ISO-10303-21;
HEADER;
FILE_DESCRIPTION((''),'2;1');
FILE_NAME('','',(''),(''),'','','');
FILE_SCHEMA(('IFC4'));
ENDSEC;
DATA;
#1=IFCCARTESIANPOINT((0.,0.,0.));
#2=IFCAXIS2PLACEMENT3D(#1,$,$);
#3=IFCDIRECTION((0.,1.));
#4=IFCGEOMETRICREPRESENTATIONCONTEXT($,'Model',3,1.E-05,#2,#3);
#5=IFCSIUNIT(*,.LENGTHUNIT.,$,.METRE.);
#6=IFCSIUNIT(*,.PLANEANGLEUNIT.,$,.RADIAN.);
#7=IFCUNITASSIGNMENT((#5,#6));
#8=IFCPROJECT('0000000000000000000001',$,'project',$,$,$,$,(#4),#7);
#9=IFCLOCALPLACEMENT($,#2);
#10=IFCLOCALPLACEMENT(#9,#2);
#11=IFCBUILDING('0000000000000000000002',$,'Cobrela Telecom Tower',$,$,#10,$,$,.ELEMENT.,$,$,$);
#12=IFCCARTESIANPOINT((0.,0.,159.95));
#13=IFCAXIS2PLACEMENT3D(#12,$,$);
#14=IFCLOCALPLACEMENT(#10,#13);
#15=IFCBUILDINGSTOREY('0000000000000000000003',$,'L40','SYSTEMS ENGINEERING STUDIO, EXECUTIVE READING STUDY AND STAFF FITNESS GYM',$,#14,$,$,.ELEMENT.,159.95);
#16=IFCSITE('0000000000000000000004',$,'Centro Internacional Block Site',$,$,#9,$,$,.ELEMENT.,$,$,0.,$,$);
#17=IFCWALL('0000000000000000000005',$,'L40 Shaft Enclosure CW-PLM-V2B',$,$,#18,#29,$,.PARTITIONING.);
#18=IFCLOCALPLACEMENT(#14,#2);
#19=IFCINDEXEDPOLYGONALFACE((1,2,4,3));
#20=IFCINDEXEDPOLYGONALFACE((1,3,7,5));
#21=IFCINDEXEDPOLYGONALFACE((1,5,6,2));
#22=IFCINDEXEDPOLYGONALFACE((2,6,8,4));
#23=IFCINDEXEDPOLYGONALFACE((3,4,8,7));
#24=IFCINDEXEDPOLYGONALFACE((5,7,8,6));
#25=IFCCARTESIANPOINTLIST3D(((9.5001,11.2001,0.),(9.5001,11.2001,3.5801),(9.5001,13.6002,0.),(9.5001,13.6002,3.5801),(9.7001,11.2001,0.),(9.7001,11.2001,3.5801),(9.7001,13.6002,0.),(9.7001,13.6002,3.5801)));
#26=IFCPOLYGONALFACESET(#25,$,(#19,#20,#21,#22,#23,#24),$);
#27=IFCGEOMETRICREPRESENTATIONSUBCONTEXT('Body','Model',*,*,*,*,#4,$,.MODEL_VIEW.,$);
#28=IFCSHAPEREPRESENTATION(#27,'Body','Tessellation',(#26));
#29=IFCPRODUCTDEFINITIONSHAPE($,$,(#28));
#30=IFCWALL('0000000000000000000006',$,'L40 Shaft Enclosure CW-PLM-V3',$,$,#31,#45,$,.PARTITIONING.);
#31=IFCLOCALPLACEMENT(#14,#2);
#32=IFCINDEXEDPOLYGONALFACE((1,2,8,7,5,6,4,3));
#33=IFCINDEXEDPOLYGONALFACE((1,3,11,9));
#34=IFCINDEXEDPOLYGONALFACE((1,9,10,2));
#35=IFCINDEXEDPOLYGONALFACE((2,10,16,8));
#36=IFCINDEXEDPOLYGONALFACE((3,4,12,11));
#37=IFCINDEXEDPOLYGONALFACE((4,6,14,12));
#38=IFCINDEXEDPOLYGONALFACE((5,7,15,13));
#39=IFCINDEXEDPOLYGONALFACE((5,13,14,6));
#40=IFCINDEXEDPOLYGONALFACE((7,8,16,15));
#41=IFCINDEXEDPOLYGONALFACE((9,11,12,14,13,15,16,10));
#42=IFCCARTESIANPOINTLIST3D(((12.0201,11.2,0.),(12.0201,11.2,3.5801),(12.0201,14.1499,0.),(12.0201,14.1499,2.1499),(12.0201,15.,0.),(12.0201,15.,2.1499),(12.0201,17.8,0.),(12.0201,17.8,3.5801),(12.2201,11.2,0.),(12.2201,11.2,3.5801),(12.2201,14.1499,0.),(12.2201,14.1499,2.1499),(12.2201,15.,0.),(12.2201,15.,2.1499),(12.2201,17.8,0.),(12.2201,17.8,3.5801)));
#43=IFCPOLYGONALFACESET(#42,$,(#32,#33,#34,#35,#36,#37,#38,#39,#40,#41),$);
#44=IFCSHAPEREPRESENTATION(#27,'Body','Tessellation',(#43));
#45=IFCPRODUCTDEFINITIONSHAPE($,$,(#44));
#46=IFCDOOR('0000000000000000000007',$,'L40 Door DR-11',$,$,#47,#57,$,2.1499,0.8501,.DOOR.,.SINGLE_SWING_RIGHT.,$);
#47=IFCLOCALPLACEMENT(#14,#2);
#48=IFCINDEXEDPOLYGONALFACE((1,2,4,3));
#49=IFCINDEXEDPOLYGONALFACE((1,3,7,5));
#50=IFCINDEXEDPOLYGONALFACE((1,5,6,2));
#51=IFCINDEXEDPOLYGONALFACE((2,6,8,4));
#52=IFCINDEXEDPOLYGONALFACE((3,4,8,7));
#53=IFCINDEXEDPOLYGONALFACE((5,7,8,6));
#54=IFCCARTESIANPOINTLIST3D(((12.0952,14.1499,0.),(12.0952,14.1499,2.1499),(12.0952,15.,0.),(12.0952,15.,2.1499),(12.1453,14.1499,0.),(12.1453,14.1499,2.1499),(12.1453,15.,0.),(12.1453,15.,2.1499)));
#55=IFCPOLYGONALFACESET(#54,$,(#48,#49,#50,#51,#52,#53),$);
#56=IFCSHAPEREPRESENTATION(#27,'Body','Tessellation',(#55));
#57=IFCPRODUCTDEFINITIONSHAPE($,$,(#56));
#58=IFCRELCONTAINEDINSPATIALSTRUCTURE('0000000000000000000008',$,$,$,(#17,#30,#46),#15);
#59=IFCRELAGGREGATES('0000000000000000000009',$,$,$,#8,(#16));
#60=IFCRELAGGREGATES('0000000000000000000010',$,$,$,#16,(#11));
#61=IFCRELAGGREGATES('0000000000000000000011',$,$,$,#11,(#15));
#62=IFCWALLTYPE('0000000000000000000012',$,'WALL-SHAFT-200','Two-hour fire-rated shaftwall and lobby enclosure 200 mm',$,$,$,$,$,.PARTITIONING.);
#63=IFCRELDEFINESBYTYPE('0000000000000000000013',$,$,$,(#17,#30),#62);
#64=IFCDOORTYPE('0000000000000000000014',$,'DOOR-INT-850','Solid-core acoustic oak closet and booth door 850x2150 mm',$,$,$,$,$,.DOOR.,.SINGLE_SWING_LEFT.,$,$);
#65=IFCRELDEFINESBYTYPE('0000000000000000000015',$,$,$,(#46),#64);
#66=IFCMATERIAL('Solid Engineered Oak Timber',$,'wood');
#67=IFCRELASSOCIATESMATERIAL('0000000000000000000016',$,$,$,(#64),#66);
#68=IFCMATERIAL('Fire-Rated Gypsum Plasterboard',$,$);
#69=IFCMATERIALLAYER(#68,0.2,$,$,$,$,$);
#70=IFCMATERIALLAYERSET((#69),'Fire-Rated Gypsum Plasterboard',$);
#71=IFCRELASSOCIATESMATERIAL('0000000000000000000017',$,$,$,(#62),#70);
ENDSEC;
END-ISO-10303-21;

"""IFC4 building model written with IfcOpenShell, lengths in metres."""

from ifc_helpers import new_model, si_unit, direction, frame, frame_2d, origin, place, context, subcontext, project, spatial, rectangle, extrude, material, layer, layer_set, type_object, element, fill, save


model = new_model("IFC4")

# Units and contexts
model_context = context("Model", 3, precision=1e-05, world=origin(), true_north=direction((0.0, 1.0)))
body_context = subcontext(model_context, "Body", "Model", "MODEL_VIEW")
ifc_project = project(units=[si_unit("LENGTHUNIT", "METRE"), si_unit("PLANEANGLEUNIT", "RADIAN")], contexts=[model_context])

# Site, building, storey
site_placement = place(None, origin())
site = spatial("IfcSite", under=ifc_project, at=site_placement, Name="Centro Internacional Block Site", CompositionType="ELEMENT", RefElevation=0.0)
building_placement = place(site_placement, origin())
building = spatial("IfcBuilding", under=site, at=building_placement, Name="Cobrela Telecom Tower", CompositionType="ELEMENT")
storey_placement = place(building_placement, frame((0.0, 0.0, 159.95)))
storey = spatial("IfcBuildingStorey", under=building, at=storey_placement, Name="L40", Description="SYSTEMS ENGINEERING STUDIO, EXECUTIVE READING STUDY AND STAFF FITNESS GYM", CompositionType="ELEMENT", Elevation=159.95)

# Shared definitions
ifc_material_1 = material(Name="Fire-Rated Gypsum Plasterboard")
ifc_material_2 = material(Name="Solid Engineered Oak Timber", Category="wood")
door_type_1 = type_object("IfcDoorType", Name="DOOR-INT-850", Description="Solid-core acoustic oak closet and booth door 850x2150 mm", OperationType="SINGLE_SWING_LEFT", PredefinedType="DOOR", material=ifc_material_2)

# Wall
ifc_layer_1 = layer(ifc_material_1, 0.2)
ifc_layer_set_1 = layer_set([ifc_layer_1], Name="Fire-Rated Gypsum Plasterboard")
wall_type_1 = type_object("IfcWallType", Name="WALL-SHAFT-200", Description="Two-hour fire-rated shaftwall and lobby enclosure 200 mm", PredefinedType="PARTITIONING", material=ifc_layer_set_1)
wall_1_placement = place(storey_placement, frame((9.6001, 11.2, 0.0), z_axis=(0.0, 0.0, 1.0), x_axis=(0.0, 1.0, 0.0)))
element("IfcWall", 1, at=wall_1_placement, inside=storey, type_object=wall_type_1, Name="L40 Shaft Enclosure CW-PLM-V2B", PredefinedType="PARTITIONING", context=body_context, shape_type="SweptSolid", body=[
    extrude(rectangle(XDim=2.4001, YDim=0.2, at=frame_2d((1.2002, 0.0))), origin(), (0.0, 0.0, 1.0), 3.5801),
])

# Wall, opening, door
wall_2_placement = place(storey_placement, frame((12.1201, 11.2, 0.0), z_axis=(0.0, 0.0, 1.0), x_axis=(0.0, 1.0, 0.0)))
wall_2 = element("IfcWall", 2, at=wall_2_placement, inside=storey, type_object=wall_type_1, Name="L40 Shaft Enclosure CW-PLM-V3", PredefinedType="PARTITIONING", context=body_context, shape_type="SweptSolid", body=[
    extrude(rectangle(XDim=6.6001, YDim=0.2, at=frame_2d((3.3, 0.0))), origin(), (0.0, 0.0, 1.0), 3.5801),
])
opening_1_placement = place(wall_2_placement, frame((2.95, 0.0, 0.0)))
opening_1 = element("IfcOpeningElement", 3, at=opening_1_placement, cuts=wall_2, PredefinedType="OPENING", context=body_context, shape_type="SweptSolid", body=[
    extrude(rectangle(XDim=0.8501, YDim=2.1499, at=frame_2d((0.425, 1.075))), frame((0.0, 0.1118, 0.0), z_axis=(0.0, -1.0, 0.0), x_axis=(1.0, 0.0, 0.0)), (0.0, 0.0, 1.0), 0.2239),
])
door_1_placement = place(opening_1_placement, origin())
door_1 = element("IfcDoor", 4, at=door_1_placement, inside=storey, type_object=door_type_1, Name="L40 Door DR-11", OperationType="SINGLE_SWING_RIGHT", OverallHeight=2.1499, OverallWidth=0.8501, PredefinedType="DOOR", context=body_context, shape_type="SweptSolid", body=[
    extrude(rectangle(XDim=0.8501, YDim=2.1499, at=frame_2d((0.425, 1.075))), frame((0.0, 0.0249, 0.0), z_axis=(0.0, -1.0, 0.0), x_axis=(1.0, 0.0, 0.0)), (0.0, 0.0, 1.0), 0.05),
])
fill(opening_1, door_1)

save(model, "model.ifc")
